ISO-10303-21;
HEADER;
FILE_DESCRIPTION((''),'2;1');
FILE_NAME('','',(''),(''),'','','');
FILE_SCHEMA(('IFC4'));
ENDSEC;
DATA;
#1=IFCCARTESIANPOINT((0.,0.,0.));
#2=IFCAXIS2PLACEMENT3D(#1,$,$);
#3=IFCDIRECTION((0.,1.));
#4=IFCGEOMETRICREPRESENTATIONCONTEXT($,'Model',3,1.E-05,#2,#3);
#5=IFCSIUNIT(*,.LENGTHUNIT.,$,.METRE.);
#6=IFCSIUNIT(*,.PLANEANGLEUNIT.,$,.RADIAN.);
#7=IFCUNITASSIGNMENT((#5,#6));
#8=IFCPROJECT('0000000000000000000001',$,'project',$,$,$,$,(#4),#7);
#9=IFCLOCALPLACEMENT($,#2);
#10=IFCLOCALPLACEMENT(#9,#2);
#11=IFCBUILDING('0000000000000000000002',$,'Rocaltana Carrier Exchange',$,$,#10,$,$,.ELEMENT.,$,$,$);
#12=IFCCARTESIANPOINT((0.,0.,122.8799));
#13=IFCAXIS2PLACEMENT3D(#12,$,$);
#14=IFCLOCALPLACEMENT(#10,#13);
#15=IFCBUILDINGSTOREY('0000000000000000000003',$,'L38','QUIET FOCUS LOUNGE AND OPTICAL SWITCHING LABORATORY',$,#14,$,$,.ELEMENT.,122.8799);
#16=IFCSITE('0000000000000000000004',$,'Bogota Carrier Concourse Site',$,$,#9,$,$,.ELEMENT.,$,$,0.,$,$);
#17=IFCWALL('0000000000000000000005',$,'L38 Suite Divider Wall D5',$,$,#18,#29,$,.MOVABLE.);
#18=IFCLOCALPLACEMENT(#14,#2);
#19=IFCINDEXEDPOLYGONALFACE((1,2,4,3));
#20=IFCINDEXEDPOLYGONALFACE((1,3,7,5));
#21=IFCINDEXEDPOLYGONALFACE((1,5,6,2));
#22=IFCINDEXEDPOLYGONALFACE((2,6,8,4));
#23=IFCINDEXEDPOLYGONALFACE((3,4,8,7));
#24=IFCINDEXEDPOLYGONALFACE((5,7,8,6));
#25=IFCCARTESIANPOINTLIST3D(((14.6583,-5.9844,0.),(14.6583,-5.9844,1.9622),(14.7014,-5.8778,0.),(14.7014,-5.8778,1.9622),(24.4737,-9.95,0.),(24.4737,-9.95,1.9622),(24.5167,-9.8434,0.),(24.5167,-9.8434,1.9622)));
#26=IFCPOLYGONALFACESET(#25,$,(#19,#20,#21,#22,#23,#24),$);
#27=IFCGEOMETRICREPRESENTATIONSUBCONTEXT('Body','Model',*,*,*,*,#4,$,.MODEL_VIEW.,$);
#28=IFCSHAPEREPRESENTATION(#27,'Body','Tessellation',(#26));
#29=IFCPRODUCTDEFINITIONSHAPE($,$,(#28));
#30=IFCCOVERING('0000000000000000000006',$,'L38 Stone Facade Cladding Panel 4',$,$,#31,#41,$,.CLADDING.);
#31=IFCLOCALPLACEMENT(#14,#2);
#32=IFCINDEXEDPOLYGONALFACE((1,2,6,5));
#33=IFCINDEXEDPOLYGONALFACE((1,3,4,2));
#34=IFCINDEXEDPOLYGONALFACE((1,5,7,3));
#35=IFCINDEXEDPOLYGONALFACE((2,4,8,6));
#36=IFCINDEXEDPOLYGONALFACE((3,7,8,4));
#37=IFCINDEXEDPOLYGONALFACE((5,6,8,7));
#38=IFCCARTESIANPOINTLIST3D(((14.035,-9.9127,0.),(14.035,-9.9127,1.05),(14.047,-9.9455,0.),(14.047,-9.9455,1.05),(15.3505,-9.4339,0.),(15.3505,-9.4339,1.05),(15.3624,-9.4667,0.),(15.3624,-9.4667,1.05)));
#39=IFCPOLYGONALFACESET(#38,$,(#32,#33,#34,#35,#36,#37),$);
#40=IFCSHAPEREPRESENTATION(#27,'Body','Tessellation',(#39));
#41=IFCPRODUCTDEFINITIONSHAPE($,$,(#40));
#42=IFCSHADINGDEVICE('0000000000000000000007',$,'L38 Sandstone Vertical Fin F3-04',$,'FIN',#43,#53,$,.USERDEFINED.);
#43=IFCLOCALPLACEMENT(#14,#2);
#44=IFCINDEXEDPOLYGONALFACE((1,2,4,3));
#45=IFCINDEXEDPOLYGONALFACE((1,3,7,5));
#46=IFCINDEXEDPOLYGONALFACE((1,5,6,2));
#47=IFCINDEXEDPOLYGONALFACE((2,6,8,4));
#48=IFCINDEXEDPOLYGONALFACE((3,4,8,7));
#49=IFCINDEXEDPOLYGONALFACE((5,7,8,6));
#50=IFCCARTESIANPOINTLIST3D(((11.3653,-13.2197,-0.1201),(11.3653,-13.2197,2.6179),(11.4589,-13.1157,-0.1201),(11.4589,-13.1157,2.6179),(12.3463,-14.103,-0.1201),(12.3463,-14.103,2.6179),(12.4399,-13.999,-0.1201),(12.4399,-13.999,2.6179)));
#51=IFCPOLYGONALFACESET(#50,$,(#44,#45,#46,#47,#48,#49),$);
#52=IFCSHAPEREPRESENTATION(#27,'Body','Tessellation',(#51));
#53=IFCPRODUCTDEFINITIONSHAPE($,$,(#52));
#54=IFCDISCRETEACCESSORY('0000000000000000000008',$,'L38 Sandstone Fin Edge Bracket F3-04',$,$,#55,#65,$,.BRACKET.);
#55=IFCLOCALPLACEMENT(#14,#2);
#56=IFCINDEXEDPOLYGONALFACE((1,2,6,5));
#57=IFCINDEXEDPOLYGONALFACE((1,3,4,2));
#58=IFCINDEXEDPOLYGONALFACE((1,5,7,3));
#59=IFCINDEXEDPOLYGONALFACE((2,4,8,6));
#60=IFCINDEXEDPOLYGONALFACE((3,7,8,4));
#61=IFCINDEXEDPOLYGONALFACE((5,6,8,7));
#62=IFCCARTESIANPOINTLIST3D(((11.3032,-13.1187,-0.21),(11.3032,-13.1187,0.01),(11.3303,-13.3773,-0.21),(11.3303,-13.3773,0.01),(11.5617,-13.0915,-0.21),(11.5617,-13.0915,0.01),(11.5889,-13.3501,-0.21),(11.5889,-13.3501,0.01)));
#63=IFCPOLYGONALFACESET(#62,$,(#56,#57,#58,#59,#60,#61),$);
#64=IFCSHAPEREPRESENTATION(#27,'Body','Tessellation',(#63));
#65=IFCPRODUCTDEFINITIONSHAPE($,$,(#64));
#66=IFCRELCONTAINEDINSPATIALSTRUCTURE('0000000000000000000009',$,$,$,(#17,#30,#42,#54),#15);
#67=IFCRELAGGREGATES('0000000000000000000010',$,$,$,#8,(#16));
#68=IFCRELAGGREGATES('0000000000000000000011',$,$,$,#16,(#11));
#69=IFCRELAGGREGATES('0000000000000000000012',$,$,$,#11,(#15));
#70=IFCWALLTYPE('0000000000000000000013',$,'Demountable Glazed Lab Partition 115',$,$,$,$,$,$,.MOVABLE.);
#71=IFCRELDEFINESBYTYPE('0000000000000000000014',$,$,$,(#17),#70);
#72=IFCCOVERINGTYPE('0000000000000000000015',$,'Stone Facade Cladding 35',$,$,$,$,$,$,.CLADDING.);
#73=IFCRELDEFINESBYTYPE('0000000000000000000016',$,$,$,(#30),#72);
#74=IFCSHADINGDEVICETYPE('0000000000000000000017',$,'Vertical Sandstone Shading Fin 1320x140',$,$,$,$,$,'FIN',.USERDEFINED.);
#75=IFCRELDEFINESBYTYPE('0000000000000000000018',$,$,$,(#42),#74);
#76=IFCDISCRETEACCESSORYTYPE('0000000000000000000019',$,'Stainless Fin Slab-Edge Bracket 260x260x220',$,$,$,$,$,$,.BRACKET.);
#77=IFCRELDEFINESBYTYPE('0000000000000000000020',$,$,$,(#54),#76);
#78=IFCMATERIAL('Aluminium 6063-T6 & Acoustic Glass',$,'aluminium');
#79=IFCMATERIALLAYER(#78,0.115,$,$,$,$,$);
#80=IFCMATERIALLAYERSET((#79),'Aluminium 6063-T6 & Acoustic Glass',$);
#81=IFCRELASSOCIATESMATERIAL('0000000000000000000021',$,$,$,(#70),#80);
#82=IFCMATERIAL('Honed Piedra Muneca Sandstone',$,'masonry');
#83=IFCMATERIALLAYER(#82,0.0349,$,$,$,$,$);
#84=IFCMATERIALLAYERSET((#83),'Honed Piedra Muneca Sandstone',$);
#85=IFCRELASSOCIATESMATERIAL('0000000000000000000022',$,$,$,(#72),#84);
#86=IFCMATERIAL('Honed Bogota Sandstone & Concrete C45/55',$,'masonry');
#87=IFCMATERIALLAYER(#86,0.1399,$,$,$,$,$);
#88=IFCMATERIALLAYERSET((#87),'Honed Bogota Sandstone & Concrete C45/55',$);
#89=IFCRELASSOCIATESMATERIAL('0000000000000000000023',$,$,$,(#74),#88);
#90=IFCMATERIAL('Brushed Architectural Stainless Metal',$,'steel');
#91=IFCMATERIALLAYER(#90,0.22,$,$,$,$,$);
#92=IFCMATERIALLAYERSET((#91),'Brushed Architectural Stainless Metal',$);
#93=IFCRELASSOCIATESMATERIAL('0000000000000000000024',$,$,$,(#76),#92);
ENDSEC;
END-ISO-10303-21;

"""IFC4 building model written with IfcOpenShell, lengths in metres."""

from ifc_helpers import new_model, si_unit, direction, frame, frame_2d, origin, origin_2d, place, context, subcontext, project, spatial, rectangle, extrude, material, layer, layer_set, type_object, element, save


model = new_model("IFC4")

# Units and contexts
model_context = context("Model", 3, precision=1e-05, world=origin(), true_north=direction((0.0, 1.0)))
body_context = subcontext(model_context, "Body", "Model", "MODEL_VIEW")
ifc_project = project(units=[si_unit("LENGTHUNIT", "METRE"), si_unit("PLANEANGLEUNIT", "RADIAN")], contexts=[model_context])

# Site, building, storey
site_placement = place(None, origin())
site = spatial("IfcSite", under=ifc_project, at=site_placement, Name="Bogota Carrier Concourse Site", CompositionType="ELEMENT", RefElevation=0.0)
building_placement = place(site_placement, origin())
building = spatial("IfcBuilding", under=site, at=building_placement, Name="Rocaltana Carrier Exchange", CompositionType="ELEMENT")
storey_placement = place(building_placement, frame((0.0, 0.0, 122.8799)))
storey = spatial("IfcBuildingStorey", under=building, at=storey_placement, Name="L38", Description="QUIET FOCUS LOUNGE AND OPTICAL SWITCHING LABORATORY", CompositionType="ELEMENT", Elevation=122.8799)

# Wall
ifc_material_1 = material(Name="Aluminium 6063-T6 & Acoustic Glass", Category="aluminium")
ifc_layer_1 = layer(ifc_material_1, 0.115)
ifc_layer_set_1 = layer_set([ifc_layer_1], Name="Aluminium 6063-T6 & Acoustic Glass")
wall_type_1 = type_object("IfcWallType", Name="Demountable Glazed Lab Partition 115", PredefinedType="MOVABLE", material=ifc_layer_set_1)
wall_1_placement = place(storey_placement, frame((14.6799, -5.9312, 0.0), z_axis=(0.0, 0.0, 1.0), x_axis=(0.927188, -0.374597, 0.0)))
element("IfcWall", 1, at=wall_1_placement, inside=storey, type_object=wall_type_1, Name="L38 Suite Divider Wall D5", PredefinedType="MOVABLE", context=body_context, shape_type="SweptSolid", body=[
    extrude(rectangle(XDim=10.5862, YDim=0.115, at=frame_2d((5.293, 0.0))), origin(), (0.0, 0.0, 1.0), 1.9622),
])

# Covering
ifc_material_2 = material(Name="Honed Piedra Muneca Sandstone", Category="masonry")
ifc_layer_2 = layer(ifc_material_2, 0.0349)
ifc_layer_set_2 = layer_set([ifc_layer_2], Name="Honed Piedra Muneca Sandstone")
covering_type = type_object("IfcCoveringType", Name="Stone Facade Cladding 35", PredefinedType="CLADDING", material=ifc_layer_set_2)
covering_placement = place(storey_placement, frame((14.6987, -9.6897, 0.0), z_axis=(0.0, 0.0, 1.0), x_axis=(0.939693, 0.34202, 0.0)))
element("IfcCovering", 2, at=covering_placement, inside=storey, type_object=covering_type, Name="L38 Stone Facade Cladding Panel 4", PredefinedType="CLADDING", context=body_context, shape_type="SweptSolid", body=[
    extrude(rectangle(XDim=1.3999, YDim=0.0349, at=origin_2d()), origin(), (0.0, 0.0, 1.0), 1.05),
])

# Shading device
ifc_material_3 = material(Name="Honed Bogota Sandstone & Concrete C45/55", Category="masonry")
ifc_layer_3 = layer(ifc_material_3, 0.1399)
ifc_layer_set_3 = layer_set([ifc_layer_3], Name="Honed Bogota Sandstone & Concrete C45/55")
shading_device_type = type_object("IfcShadingDeviceType", Name="Vertical Sandstone Shading Fin 1320x140", ElementType="FIN", PredefinedType="USERDEFINED", material=ifc_layer_set_3)
shading_device_placement = place(storey_placement, frame((11.9026, -13.6094, -0.1201), z_axis=(0.0, 0.0, 1.0), x_axis=(0.743145, -0.669131, 0.0)))
element("IfcShadingDevice", 3, at=shading_device_placement, inside=storey, type_object=shading_device_type, Name="L38 Sandstone Vertical Fin F3-04", ObjectType="FIN", PredefinedType="USERDEFINED", context=body_context, shape_type="SweptSolid", body=[
    extrude(rectangle(XDim=1.3201, YDim=0.1399, at=origin_2d()), origin(), (0.0, 0.0, 1.0), 2.738),
])

# Discrete accessory
ifc_material_4 = material(Name="Brushed Architectural Stainless Metal", Category="steel")
ifc_layer_4 = layer(ifc_material_4, 0.22)
ifc_layer_set_4 = layer_set([ifc_layer_4], Name="Brushed Architectural Stainless Metal")
discrete_accessory_type = type_object("IfcDiscreteAccessoryType", Name="Stainless Fin Slab-Edge Bracket 260x260x220", PredefinedType="BRACKET", material=ifc_layer_set_4)
discrete_accessory_placement = place(storey_placement, frame((11.446, -13.2344, -0.21), z_axis=(0.0, 0.0, 1.0), x_axis=(0.994522, 0.104528, 0.0)))
element("IfcDiscreteAccessory", 4, at=discrete_accessory_placement, inside=storey, type_object=discrete_accessory_type, Name="L38 Sandstone Fin Edge Bracket F3-04", PredefinedType="BRACKET", context=body_context, shape_type="SweptSolid", body=[
    extrude(rectangle(XDim=0.26, YDim=0.26, at=origin_2d()), origin(), (0.0, 0.0, 1.0), 0.22),
])

save(model, "model.ifc")
